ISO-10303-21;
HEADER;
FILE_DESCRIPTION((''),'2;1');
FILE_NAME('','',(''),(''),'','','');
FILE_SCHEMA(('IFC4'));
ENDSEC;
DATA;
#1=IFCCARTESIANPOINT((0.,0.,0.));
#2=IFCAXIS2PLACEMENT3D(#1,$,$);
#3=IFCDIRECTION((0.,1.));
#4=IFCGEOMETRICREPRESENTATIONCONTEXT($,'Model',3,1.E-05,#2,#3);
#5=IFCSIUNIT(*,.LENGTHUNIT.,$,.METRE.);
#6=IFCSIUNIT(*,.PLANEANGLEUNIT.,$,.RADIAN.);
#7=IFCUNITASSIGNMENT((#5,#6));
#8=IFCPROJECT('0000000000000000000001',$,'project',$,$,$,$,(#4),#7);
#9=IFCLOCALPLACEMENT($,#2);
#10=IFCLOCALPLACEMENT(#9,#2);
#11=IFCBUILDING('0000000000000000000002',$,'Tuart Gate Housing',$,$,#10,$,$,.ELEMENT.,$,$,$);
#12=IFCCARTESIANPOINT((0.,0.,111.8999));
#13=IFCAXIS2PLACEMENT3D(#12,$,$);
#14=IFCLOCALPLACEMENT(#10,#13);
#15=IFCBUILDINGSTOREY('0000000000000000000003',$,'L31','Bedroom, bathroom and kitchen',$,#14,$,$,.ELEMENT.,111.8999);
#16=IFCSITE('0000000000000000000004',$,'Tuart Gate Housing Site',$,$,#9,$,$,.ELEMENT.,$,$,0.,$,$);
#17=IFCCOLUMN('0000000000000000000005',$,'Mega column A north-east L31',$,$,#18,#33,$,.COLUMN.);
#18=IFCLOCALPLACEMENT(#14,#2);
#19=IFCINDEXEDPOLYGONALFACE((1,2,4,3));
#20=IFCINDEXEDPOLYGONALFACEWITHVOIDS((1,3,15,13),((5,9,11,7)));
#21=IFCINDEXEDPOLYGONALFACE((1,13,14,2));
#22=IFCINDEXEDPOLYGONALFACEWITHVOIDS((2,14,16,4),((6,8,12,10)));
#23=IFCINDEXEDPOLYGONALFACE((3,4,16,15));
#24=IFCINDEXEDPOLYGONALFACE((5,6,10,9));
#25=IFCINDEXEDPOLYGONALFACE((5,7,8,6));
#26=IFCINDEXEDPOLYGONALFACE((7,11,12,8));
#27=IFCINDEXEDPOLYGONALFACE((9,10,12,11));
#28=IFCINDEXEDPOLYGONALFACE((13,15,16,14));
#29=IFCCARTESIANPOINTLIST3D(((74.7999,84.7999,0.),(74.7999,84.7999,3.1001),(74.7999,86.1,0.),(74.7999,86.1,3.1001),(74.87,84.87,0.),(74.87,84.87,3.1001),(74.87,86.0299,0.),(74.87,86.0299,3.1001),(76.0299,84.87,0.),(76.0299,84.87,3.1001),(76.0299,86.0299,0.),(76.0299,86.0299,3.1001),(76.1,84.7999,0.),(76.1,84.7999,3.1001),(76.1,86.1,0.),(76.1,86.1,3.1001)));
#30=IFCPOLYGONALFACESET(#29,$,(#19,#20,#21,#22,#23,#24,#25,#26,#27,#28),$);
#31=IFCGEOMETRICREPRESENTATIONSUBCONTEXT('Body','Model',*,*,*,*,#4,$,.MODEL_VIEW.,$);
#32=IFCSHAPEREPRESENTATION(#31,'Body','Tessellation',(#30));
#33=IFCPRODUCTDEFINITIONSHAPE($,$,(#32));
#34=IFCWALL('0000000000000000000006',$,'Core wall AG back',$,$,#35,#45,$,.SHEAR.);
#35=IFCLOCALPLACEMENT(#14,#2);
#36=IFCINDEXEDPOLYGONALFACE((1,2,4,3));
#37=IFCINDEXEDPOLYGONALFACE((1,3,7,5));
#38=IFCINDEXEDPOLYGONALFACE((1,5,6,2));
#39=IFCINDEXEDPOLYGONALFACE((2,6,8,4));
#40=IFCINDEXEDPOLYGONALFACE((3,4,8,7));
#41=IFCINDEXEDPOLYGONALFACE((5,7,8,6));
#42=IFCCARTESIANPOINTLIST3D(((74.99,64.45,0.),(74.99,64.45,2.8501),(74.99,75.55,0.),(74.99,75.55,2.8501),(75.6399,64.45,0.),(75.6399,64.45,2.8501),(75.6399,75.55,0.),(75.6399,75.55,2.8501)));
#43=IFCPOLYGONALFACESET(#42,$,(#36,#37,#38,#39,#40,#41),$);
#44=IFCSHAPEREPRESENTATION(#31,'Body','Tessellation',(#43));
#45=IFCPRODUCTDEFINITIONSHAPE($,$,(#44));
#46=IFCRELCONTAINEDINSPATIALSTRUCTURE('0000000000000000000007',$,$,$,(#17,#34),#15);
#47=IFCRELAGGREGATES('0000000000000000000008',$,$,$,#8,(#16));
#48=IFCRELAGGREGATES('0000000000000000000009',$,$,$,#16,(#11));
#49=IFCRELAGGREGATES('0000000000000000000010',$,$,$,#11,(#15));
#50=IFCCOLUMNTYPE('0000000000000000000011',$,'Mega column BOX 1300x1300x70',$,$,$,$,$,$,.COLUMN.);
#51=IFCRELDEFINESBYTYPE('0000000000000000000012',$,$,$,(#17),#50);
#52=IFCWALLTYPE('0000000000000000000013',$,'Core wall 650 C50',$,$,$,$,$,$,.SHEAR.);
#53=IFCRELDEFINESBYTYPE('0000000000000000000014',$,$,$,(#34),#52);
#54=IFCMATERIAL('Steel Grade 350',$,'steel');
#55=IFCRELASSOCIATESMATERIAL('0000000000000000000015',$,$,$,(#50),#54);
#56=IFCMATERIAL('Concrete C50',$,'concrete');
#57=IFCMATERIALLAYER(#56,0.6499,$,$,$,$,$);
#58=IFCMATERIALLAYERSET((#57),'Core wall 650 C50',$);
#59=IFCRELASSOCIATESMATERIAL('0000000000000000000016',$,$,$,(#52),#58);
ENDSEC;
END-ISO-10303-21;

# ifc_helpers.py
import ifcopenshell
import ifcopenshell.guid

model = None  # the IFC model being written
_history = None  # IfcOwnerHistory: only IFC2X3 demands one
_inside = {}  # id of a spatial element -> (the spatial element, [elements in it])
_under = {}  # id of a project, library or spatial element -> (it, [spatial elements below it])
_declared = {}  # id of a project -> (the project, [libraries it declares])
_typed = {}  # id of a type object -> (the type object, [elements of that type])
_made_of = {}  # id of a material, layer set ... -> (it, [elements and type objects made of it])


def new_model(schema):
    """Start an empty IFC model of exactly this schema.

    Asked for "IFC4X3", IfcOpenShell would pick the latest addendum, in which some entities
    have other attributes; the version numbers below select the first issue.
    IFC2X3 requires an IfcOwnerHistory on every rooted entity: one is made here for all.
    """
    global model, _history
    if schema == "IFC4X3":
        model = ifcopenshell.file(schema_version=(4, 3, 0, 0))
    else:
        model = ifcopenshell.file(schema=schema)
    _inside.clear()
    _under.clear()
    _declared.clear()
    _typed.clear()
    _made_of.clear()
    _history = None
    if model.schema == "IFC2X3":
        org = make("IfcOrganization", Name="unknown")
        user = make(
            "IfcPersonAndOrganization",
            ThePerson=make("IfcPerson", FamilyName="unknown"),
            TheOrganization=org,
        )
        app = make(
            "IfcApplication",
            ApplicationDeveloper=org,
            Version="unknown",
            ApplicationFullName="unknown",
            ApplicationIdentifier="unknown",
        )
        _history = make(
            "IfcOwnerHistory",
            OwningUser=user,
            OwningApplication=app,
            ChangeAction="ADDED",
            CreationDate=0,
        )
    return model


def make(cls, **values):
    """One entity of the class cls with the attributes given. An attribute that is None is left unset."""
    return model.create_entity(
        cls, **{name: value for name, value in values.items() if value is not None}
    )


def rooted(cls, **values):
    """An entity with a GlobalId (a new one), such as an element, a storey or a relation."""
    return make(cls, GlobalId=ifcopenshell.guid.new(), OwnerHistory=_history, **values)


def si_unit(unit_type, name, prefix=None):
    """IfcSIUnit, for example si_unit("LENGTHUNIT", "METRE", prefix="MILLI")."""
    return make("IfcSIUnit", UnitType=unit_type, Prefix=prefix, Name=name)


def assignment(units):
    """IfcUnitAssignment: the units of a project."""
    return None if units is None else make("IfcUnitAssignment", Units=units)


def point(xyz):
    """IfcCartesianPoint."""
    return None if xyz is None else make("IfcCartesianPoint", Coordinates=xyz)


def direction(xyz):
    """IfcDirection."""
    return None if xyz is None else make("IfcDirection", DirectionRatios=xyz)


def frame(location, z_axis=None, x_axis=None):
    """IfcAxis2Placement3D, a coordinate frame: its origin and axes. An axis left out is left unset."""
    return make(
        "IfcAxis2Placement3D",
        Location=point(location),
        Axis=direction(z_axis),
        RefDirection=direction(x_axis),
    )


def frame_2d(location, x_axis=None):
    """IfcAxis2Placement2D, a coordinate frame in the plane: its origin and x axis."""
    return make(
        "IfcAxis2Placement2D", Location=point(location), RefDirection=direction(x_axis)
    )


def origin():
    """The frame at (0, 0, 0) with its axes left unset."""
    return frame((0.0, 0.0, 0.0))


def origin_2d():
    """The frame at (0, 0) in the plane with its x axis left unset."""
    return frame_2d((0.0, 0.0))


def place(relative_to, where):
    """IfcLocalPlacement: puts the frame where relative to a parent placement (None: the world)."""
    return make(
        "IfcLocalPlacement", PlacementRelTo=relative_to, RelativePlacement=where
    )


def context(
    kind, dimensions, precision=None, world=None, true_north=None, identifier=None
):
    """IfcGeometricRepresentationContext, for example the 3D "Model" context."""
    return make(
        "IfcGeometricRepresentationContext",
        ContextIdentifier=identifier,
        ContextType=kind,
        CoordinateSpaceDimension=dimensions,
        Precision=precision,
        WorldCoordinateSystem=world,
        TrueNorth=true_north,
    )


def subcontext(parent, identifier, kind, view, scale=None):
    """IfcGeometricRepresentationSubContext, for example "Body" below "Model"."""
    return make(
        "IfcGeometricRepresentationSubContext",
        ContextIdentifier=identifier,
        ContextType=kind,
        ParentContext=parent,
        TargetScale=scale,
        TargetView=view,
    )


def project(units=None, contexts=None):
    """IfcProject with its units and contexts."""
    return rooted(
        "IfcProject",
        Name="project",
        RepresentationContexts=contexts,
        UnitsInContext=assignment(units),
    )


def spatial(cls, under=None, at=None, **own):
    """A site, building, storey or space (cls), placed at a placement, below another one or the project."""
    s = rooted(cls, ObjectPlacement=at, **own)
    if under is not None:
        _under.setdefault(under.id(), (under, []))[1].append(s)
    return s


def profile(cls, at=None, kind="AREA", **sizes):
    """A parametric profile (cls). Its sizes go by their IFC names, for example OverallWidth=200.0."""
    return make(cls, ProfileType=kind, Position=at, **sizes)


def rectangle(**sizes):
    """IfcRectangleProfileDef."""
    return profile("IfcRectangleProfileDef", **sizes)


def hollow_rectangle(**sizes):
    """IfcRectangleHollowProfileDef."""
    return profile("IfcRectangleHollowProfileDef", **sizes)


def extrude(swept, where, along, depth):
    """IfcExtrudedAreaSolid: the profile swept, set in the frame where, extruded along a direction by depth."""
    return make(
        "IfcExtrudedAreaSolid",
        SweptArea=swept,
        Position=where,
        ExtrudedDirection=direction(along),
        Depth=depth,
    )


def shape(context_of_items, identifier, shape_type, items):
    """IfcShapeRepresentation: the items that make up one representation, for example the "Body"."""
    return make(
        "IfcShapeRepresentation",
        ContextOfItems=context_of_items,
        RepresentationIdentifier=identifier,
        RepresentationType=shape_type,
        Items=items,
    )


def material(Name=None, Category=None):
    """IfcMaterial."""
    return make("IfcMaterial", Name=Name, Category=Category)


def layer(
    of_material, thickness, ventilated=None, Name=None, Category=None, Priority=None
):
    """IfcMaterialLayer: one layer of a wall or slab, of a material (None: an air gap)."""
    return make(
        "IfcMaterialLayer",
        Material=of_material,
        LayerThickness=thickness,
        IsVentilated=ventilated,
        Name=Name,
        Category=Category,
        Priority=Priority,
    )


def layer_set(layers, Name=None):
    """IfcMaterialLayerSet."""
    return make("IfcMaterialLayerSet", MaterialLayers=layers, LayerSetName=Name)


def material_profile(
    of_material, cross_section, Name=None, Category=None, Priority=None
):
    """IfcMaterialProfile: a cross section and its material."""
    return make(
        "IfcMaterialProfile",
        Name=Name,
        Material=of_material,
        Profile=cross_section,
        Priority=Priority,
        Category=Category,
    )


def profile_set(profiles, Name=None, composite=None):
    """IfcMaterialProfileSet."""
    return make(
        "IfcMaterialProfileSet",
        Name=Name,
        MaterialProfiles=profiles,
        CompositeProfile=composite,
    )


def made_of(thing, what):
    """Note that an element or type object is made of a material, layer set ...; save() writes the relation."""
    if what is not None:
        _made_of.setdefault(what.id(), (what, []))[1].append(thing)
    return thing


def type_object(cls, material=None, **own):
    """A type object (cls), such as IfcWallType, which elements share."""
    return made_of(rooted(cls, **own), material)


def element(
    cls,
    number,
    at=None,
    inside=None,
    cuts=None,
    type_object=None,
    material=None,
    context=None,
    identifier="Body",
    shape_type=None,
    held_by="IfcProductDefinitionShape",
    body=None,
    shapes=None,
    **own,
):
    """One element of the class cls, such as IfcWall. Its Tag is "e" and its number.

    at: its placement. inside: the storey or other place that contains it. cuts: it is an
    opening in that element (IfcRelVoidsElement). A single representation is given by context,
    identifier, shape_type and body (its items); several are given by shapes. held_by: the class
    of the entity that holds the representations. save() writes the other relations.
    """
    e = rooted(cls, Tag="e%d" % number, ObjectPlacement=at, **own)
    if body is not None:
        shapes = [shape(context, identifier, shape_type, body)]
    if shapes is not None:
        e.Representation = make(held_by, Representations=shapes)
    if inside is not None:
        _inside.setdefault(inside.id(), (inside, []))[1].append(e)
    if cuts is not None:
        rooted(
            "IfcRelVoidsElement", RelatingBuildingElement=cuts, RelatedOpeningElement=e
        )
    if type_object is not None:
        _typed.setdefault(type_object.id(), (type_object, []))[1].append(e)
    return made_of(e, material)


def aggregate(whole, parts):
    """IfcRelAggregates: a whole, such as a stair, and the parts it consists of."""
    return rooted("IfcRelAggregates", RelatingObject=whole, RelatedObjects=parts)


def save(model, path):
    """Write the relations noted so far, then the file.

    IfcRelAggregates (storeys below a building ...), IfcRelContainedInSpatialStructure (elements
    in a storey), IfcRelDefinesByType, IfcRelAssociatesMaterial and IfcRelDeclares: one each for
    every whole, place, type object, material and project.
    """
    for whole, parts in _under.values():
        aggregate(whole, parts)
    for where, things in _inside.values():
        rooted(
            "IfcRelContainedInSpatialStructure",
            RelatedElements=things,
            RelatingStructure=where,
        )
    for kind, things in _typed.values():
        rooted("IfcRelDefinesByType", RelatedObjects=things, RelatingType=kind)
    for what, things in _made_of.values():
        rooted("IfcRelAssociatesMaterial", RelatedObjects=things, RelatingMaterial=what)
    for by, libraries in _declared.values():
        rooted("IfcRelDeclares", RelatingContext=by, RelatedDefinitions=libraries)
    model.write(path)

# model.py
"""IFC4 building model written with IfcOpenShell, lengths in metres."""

from ifc_helpers import new_model, si_unit, direction, frame, frame_2d, origin, origin_2d, place, context, subcontext, project, spatial, rectangle, hollow_rectangle, extrude, material, layer, layer_set, material_profile, profile_set, type_object, element, save


model = new_model("IFC4")

# Units and contexts
model_context = context("Model", 3, precision=1e-05, world=origin(), true_north=direction((0.0, 1.0)))
body_context = subcontext(model_context, "Body", "Model", "MODEL_VIEW")
ifc_project = project(units=[si_unit("LENGTHUNIT", "METRE"), si_unit("PLANEANGLEUNIT", "RADIAN")], contexts=[model_context])

# Site, building, storey
site_placement = place(None, origin())
site = spatial("IfcSite", under=ifc_project, at=site_placement, Name="Tuart Gate Housing Site", CompositionType="ELEMENT", RefElevation=0.0)
building_placement = place(site_placement, origin())
building = spatial("IfcBuilding", under=site, at=building_placement, Name="Tuart Gate Housing", CompositionType="ELEMENT")
storey_placement = place(building_placement, frame((0.0, 0.0, 111.8999)))
storey = spatial("IfcBuildingStorey", under=building, at=storey_placement, Name="L31", Description="Bedroom, bathroom and kitchen", CompositionType="ELEMENT", Elevation=111.8999)

# Column
ifc_material_1 = material(Name="Steel Grade 350", Category="steel")
ifc_material_profile = material_profile(ifc_material_1, hollow_rectangle(XDim=1.3, YDim=1.3, WallThickness=0.0701, at=origin_2d()), Name="BOX 1300x1300x70")
ifc_profile_set = profile_set([ifc_material_profile], Name="Steel Grade 350")
column_type = type_object("IfcColumnType", Name="Mega column BOX 1300x1300x70", PredefinedType="COLUMN", material=ifc_profile_set)
column_placement = place(storey_placement, frame((75.45, 85.45, 0.0), z_axis=(0.0, 0.0, 1.0), x_axis=(1.0, 0.0, 0.0)))
element("IfcColumn", 1, at=column_placement, inside=storey, type_object=column_type, Name="Mega column A north-east L31", PredefinedType="COLUMN", context=body_context, shape_type="SweptSolid", body=[
    extrude(hollow_rectangle(XDim=1.3, YDim=1.3, WallThickness=0.0701, at=origin_2d()), origin(), (0.0, 0.0, 1.0), 3.1001),
])

# Wall
ifc_material_2 = material(Name="Concrete C50", Category="concrete")
ifc_layer_1 = layer(ifc_material_2, 0.6499)
ifc_layer_set_1 = layer_set([ifc_layer_1], Name="Core wall 650 C50")
wall_type_1 = type_object("IfcWallType", Name="Core wall 650 C50", PredefinedType="SHEAR", material=ifc_layer_set_1)
wall_1_placement = place(storey_placement, frame((75.3149, 64.45, 0.0), z_axis=(0.0, 0.0, 1.0), x_axis=(0.0, 1.0, 0.0)))
element("IfcWall", 2, at=wall_1_placement, inside=storey, type_object=wall_type_1, Name="Core wall AG back", PredefinedType="SHEAR", context=body_context, shape_type="SweptSolid", body=[
    extrude(rectangle(XDim=11.1001, YDim=0.6499, at=frame_2d((5.55, 0.0))), origin(), (0.0, 0.0, 1.0), 2.8501),
])

save(model, "model.ifc")
